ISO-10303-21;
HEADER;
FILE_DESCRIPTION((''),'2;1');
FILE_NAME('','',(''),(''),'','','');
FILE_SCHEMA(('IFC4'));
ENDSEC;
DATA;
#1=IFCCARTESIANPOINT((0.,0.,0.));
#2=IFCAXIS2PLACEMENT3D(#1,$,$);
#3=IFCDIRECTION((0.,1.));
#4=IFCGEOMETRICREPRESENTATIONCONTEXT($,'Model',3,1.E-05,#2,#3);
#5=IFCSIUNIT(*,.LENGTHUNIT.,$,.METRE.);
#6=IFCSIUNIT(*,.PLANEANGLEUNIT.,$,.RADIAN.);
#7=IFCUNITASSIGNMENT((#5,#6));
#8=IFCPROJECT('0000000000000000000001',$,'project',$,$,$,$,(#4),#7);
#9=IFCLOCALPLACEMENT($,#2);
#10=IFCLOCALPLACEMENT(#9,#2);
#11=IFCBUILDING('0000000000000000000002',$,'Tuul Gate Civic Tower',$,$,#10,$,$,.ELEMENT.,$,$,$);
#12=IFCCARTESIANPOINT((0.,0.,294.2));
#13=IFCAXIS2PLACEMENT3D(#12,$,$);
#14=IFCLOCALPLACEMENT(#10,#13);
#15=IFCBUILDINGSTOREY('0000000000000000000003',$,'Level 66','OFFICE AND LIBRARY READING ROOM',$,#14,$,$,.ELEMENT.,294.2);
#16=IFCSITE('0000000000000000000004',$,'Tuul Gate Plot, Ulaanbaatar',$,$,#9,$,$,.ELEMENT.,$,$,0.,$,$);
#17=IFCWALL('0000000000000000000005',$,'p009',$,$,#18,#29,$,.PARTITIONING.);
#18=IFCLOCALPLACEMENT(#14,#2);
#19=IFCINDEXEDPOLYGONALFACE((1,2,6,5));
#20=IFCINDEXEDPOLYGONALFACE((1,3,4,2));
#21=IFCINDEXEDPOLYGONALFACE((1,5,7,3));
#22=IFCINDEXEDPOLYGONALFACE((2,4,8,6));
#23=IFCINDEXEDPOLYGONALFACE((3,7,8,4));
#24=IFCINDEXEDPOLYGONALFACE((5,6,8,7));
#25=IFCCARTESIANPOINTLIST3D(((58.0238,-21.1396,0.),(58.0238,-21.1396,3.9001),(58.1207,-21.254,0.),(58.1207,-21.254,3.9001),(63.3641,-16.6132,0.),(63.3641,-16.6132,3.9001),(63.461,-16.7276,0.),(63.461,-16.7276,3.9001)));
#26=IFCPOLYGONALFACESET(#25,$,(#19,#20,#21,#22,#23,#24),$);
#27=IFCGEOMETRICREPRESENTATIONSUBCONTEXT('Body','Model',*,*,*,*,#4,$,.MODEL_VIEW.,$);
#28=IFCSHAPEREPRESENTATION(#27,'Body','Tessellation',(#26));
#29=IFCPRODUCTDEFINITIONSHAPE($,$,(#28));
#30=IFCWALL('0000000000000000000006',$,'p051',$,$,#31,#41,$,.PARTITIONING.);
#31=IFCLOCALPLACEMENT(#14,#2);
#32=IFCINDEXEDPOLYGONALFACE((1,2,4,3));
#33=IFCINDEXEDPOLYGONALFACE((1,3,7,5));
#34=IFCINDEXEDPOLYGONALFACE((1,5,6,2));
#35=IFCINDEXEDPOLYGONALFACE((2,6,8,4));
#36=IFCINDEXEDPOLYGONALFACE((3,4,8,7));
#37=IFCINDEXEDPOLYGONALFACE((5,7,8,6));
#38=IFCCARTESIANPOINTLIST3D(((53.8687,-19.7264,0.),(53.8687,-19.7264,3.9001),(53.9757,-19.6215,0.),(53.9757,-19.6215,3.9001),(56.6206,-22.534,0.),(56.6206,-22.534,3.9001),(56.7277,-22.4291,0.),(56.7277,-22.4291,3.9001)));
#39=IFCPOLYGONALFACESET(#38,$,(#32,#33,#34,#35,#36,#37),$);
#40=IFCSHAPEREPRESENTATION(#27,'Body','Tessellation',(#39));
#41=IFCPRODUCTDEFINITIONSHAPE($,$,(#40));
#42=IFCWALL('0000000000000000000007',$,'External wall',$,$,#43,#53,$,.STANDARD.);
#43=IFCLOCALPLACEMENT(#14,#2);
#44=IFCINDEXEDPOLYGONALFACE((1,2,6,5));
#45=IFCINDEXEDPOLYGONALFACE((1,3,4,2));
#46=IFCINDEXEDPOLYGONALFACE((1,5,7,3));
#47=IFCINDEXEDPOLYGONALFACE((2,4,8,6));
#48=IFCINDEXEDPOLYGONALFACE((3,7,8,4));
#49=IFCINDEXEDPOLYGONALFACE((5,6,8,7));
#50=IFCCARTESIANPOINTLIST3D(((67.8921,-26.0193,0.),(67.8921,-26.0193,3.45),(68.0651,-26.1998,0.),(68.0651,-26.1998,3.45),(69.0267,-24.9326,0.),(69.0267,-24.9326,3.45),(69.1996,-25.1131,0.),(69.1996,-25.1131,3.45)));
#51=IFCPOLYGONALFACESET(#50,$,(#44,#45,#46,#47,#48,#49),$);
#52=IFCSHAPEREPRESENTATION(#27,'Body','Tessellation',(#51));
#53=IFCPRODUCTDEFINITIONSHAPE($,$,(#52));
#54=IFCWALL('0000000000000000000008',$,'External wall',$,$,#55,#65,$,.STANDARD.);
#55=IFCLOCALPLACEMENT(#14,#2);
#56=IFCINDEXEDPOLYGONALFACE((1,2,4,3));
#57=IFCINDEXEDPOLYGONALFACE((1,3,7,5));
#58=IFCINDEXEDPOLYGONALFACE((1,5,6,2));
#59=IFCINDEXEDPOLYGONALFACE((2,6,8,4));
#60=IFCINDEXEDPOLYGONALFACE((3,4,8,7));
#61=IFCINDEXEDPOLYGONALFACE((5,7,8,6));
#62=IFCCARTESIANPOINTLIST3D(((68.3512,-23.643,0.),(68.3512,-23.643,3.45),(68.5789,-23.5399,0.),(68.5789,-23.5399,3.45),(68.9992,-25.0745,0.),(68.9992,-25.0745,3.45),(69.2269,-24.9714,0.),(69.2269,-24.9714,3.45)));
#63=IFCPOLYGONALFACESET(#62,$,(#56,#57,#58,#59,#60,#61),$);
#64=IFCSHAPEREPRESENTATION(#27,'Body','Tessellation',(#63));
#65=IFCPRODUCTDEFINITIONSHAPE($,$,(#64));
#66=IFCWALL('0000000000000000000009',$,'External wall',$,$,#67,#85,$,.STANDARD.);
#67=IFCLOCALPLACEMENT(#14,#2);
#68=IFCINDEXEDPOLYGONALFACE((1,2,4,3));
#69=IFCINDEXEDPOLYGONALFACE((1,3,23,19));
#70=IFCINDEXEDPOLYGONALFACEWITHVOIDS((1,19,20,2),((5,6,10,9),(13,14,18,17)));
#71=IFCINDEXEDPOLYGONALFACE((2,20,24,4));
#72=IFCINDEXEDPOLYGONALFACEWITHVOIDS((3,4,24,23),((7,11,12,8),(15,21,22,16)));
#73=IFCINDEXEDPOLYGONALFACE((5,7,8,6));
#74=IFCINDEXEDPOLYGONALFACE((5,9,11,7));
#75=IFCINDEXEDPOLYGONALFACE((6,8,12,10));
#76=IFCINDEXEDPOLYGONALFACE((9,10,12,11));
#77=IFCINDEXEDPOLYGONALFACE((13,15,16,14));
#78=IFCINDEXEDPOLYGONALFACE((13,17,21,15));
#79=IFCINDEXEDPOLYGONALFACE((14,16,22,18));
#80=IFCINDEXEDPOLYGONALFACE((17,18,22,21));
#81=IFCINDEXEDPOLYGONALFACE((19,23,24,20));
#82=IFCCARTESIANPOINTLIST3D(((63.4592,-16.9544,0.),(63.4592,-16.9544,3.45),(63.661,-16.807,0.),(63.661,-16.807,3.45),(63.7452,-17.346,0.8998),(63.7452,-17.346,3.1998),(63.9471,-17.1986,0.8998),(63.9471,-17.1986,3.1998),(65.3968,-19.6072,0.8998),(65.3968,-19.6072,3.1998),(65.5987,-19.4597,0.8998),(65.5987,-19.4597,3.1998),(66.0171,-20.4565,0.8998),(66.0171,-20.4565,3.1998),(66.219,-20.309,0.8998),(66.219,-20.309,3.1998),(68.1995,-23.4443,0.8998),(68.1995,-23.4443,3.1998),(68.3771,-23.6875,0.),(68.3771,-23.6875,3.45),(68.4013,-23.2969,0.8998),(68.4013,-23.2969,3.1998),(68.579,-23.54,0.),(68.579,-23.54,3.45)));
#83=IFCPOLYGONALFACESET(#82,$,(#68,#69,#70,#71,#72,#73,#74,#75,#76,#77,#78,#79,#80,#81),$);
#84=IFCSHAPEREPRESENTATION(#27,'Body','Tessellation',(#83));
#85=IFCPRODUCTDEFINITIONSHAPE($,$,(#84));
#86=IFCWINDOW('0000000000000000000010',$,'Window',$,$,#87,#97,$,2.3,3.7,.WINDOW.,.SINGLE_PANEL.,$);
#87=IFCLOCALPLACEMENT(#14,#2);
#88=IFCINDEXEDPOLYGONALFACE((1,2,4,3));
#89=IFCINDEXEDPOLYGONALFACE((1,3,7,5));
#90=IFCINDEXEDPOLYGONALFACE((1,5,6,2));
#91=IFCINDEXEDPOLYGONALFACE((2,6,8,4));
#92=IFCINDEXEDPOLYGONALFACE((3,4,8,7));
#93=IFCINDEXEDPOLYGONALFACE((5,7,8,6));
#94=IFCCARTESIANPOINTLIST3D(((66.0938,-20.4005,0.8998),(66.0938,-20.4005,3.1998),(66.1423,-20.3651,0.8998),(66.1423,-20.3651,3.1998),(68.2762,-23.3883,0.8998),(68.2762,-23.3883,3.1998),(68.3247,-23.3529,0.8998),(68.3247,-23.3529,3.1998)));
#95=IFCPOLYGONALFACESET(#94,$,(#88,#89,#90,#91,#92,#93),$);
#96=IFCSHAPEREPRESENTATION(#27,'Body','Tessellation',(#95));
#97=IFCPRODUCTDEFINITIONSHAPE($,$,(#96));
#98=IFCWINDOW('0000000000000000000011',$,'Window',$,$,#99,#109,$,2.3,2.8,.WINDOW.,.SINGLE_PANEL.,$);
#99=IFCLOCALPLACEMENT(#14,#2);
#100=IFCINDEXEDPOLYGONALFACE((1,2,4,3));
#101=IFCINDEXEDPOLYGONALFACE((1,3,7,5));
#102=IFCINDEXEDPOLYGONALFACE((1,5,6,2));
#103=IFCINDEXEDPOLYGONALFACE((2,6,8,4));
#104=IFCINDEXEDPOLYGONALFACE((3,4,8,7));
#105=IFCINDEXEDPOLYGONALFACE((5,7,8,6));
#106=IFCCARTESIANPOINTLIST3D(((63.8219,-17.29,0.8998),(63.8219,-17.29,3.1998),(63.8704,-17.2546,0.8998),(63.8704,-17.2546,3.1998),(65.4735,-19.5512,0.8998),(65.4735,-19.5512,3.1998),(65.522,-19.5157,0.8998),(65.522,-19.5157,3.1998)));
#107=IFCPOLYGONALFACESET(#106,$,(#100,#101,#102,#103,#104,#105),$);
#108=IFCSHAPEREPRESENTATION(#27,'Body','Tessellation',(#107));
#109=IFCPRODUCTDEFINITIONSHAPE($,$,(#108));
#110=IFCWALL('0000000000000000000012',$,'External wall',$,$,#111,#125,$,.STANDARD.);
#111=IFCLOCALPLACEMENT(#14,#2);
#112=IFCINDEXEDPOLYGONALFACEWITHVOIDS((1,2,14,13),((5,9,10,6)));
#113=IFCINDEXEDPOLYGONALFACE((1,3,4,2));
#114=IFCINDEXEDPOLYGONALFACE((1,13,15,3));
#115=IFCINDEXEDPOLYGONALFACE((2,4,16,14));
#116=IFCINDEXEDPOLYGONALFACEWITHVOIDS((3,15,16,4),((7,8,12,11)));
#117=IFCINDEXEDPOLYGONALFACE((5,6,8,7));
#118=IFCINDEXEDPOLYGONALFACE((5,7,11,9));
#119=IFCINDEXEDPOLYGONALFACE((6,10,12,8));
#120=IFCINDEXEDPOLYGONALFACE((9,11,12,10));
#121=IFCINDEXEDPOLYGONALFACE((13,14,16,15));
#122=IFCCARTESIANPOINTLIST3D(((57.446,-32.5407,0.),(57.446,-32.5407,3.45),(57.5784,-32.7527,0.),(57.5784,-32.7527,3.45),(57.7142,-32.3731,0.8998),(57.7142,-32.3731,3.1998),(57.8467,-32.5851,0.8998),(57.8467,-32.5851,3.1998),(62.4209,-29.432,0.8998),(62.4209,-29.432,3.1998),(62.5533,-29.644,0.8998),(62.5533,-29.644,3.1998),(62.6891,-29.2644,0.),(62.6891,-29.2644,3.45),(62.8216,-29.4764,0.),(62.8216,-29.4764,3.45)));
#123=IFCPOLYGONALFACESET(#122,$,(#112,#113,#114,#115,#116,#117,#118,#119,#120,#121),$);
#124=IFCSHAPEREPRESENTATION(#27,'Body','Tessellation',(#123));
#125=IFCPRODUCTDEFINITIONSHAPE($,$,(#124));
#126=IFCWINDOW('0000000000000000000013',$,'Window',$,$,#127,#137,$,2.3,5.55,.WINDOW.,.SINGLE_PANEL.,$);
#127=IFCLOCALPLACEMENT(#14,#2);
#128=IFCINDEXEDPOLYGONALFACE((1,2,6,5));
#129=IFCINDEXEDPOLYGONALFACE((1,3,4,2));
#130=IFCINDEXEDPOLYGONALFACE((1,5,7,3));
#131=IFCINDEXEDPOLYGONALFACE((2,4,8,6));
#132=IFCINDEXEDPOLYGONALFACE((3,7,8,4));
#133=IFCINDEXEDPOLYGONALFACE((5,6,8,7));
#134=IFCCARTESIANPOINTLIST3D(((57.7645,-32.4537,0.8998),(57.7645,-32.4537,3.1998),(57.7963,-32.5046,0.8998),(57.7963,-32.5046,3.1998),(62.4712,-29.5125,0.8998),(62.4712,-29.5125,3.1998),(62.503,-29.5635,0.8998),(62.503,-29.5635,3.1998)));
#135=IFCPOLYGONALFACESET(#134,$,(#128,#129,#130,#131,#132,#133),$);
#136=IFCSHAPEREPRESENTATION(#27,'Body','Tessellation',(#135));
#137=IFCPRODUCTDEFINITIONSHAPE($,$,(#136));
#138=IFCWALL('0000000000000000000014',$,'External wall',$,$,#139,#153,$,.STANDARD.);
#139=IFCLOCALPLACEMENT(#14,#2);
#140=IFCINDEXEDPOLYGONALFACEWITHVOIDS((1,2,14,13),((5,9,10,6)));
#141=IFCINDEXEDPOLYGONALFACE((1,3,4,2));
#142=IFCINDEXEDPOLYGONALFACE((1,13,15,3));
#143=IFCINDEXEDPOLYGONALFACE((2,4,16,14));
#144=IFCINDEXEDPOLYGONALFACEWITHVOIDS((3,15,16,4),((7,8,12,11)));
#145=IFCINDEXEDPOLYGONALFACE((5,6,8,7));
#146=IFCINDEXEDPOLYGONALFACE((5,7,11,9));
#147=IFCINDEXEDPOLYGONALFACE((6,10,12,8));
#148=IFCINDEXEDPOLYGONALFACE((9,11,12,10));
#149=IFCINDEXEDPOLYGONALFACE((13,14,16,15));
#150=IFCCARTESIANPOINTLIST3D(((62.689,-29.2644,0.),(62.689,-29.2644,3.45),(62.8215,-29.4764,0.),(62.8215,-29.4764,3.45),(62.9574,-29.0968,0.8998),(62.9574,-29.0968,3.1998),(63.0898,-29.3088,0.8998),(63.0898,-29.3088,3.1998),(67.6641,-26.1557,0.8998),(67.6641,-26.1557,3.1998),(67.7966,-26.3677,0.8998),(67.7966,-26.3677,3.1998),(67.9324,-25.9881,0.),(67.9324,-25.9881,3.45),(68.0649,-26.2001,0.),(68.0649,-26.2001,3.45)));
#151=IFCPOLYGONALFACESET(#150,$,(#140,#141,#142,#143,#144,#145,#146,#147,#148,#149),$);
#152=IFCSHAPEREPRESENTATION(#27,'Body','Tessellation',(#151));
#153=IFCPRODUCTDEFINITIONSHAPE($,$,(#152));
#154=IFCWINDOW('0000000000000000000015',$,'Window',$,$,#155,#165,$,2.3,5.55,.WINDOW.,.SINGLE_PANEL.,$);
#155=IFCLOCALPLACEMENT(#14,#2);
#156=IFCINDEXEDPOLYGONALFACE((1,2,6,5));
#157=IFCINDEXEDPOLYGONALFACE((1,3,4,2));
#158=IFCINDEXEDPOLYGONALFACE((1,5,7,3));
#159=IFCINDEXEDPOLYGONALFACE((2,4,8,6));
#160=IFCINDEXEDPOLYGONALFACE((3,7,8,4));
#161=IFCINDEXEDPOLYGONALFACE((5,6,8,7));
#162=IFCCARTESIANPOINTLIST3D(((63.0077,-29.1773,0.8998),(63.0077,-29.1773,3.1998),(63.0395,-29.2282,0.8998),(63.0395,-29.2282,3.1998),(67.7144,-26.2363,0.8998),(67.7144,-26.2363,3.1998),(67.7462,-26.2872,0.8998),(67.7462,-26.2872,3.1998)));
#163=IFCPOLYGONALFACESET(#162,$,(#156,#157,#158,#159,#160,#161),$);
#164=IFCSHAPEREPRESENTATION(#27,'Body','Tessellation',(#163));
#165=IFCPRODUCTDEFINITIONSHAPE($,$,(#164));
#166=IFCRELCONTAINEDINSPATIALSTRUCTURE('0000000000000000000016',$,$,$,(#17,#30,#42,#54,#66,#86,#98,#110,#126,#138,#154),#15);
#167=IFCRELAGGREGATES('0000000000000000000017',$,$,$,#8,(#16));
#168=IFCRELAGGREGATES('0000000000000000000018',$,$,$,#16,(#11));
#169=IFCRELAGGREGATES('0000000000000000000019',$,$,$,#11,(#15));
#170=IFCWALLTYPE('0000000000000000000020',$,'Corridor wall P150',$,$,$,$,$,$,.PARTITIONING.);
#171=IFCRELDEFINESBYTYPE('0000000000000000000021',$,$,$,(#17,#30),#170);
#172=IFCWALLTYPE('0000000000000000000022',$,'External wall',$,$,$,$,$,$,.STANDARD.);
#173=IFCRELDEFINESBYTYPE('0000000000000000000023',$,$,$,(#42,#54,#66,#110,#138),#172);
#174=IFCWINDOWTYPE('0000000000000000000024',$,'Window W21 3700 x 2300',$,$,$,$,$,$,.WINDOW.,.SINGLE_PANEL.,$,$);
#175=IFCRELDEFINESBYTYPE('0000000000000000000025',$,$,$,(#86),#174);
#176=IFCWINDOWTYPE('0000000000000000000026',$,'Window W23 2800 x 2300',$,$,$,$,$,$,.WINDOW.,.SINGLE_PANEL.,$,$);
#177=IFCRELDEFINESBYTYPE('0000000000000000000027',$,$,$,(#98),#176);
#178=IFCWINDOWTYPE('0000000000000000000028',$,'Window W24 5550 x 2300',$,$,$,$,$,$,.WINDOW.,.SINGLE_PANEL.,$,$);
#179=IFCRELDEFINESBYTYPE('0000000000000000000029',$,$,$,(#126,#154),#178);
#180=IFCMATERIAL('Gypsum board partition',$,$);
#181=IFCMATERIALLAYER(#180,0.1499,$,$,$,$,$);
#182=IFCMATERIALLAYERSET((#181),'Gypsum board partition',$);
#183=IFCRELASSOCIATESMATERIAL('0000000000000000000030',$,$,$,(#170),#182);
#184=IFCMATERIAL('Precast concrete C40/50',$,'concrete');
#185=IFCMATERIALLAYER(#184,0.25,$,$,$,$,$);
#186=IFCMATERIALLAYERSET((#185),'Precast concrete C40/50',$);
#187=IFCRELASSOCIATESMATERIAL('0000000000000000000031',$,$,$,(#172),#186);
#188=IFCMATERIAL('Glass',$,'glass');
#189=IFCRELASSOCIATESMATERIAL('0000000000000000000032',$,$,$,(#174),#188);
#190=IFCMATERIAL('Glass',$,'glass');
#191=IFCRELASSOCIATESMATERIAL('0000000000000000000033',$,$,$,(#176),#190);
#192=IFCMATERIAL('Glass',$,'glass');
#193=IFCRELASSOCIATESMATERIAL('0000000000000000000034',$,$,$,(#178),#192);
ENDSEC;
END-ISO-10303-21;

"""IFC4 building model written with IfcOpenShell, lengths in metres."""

from ifc_helpers import new_model, si_unit, direction, frame, frame_2d, origin, place, context, subcontext, project, spatial, rectangle, extrude, material, layer, layer_set, type_object, element, fill, save


model = new_model("IFC4")

# Units and contexts
model_context = context("Model", 3, precision=1e-05, world=origin(), true_north=direction((0.0, 1.0)))
body_context = subcontext(model_context, "Body", "Model", "MODEL_VIEW")
ifc_project = project(units=[si_unit("LENGTHUNIT", "METRE"), si_unit("PLANEANGLEUNIT", "RADIAN")], contexts=[model_context])

# Site, building, storey
site_placement = place(None, origin())
site = spatial("IfcSite", under=ifc_project, at=site_placement, Name="Tuul Gate Plot, Ulaanbaatar", CompositionType="ELEMENT", RefElevation=0.0)
building_placement = place(site_placement, origin())
building = spatial("IfcBuilding", under=site, at=building_placement, Name="Tuul Gate Civic Tower", CompositionType="ELEMENT")
storey_placement = place(building_placement, frame((0.0, 0.0, 294.2)))
storey = spatial("IfcBuildingStorey", under=building, at=storey_placement, Name="Level 66", Description="OFFICE AND LIBRARY READING ROOM", CompositionType="ELEMENT", Elevation=294.2)

# Walls
ifc_material_1 = material(Name="Gypsum board partition")
ifc_layer_1 = layer(ifc_material_1, 0.1499)
ifc_layer_set_1 = layer_set([ifc_layer_1], Name="Gypsum board partition")
wall_type_1 = type_object("IfcWallType", Name="Corridor wall P150", PredefinedType="PARTITIONING", material=ifc_layer_set_1)
wall_1_placement = place(storey_placement, frame((58.0723, -21.1968, 0.0), z_axis=(0.0, 0.0, 1.0), x_axis=(0.762849, 0.646577, 0.0)))
element("IfcWall", 1, at=wall_1_placement, inside=storey, type_object=wall_type_1, Name="p009", PredefinedType="PARTITIONING", context=body_context, shape_type="SweptSolid", body=[
    extrude(rectangle(XDim=7.0005, YDim=0.1499, at=frame_2d((3.5002, 0.0))), origin(), (0.0, 0.0, 1.0), 3.9001),
])
wall_2_placement = place(storey_placement, frame((53.9221, -19.6738, 0.0), z_axis=(0.0, 0.0, 1.0), x_axis=(0.699992, -0.714151, 0.0)))
element("IfcWall", 2, at=wall_2_placement, inside=storey, type_object=wall_type_1, Name="p051", PredefinedType="PARTITIONING", context=body_context, shape_type="SweptSolid", body=[
    extrude(rectangle(XDim=3.9314, YDim=0.1499, at=frame_2d((1.9658, 0.0))), origin(), (0.0, 0.0, 1.0), 3.9001),
])
ifc_material_2 = material(Name="Precast concrete C40/50", Category="concrete")
ifc_layer_2 = layer(ifc_material_2, 0.25)
ifc_layer_set_2 = layer_set([ifc_layer_2], Name="Precast concrete C40/50")
wall_type_2 = type_object("IfcWallType", Name="External wall", PredefinedType="STANDARD", material=ifc_layer_set_2)
wall_3_placement = place(storey_placement, frame((67.9785, -26.1096, 0.0), z_axis=(0.0, 0.0, 1.0), x_axis=(0.722173, 0.691713, 0.0)))
element("IfcWall", 3, at=wall_3_placement, inside=storey, type_object=wall_type_2, Name="External wall", PredefinedType="STANDARD", context=body_context, shape_type="SweptSolid", body=[
    extrude(rectangle(XDim=1.571, YDim=0.25, at=frame_2d((0.7856, 0.0))), origin(), (0.0, 0.0, 1.0), 3.45),
])
wall_4_placement = place(storey_placement, frame((69.113, -25.0229, 0.0), z_axis=(0.0, 0.0, 1.0), x_axis=(-0.412386, 0.911009, 0.0)))
element("IfcWall", 4, at=wall_4_placement, inside=storey, type_object=wall_type_2, Name="External wall", PredefinedType="STANDARD", context=body_context, shape_type="SweptSolid", body=[
    extrude(rectangle(XDim=1.5713, YDim=0.25, at=frame_2d((0.7856, 0.0))), origin(), (0.0, 0.0, 1.0), 3.45),
])

# Wall, openings, windows
wall_5_placement = place(storey_placement, frame((68.478, -23.6138, 0.0), z_axis=(0.0, 0.0, 1.0), x_axis=(-0.589828, 0.807529, 0.0)))
wall_5 = element("IfcWall", 5, at=wall_5_placement, inside=storey, type_object=wall_type_2, Name="External wall", PredefinedType="STANDARD", context=body_context, shape_type="SweptSolid", body=[
    extrude(rectangle(XDim=8.3379, YDim=0.25, at=frame_2d((4.1689, 0.0))), origin(), (0.0, 0.0, 1.0), 3.45),
])
opening_1_placement = place(wall_5_placement, frame((0.301, 0.0, 0.8999)))
opening_1 = element("IfcOpeningElement", 6, at=opening_1_placement, cuts=wall_5, PredefinedType="OPENING", context=body_context, shape_type="SweptSolid", body=[
    extrude(rectangle(XDim=3.7, YDim=2.3, at=frame_2d((1.8501, 1.1499))), frame((0.0, 0.135, 0.0), z_axis=(0.0, -1.0, 0.0), x_axis=(1.0, 0.0, 0.0)), (0.0, 0.0, 1.0), 0.27),
])
opening_2_placement = place(wall_5_placement, frame((5.053, 0.0, 0.8999)))
opening_2 = element("IfcOpeningElement", 7, at=opening_2_placement, cuts=wall_5, PredefinedType="OPENING", context=body_context, shape_type="SweptSolid", body=[
    extrude(rectangle(XDim=2.8, YDim=2.3, at=frame_2d((1.3999, 1.1499))), frame((0.0, 0.135, 0.0), z_axis=(0.0, -1.0, 0.0), x_axis=(1.0, 0.0, 0.0)), (0.0, 0.0, 1.0), 0.27),
])
ifc_material_3 = material(Name="Glass", Category="glass")
window_type_1 = type_object("IfcWindowType", Name="Window W21 3700 x 2300", PartitioningType="SINGLE_PANEL", PredefinedType="WINDOW", material=ifc_material_3)
window_1_placement = place(opening_1_placement, origin())
window_1 = element("IfcWindow", 8, at=window_1_placement, inside=storey, type_object=window_type_1, Name="Window", OverallHeight=2.3, OverallWidth=3.7, PartitioningType="SINGLE_PANEL", PredefinedType="WINDOW", context=body_context, shape_type="SweptSolid", body=[
    extrude(rectangle(XDim=3.7, YDim=2.3, at=frame_2d((1.8501, 1.1499))), frame((0.0, 0.03, 0.0), z_axis=(0.0, -1.0, 0.0), x_axis=(1.0, 0.0, 0.0)), (0.0, 0.0, 1.0), 0.0601),
])
fill(opening_1, window_1)
ifc_material_4 = material(Name="Glass", Category="glass")
window_type_2 = type_object("IfcWindowType", Name="Window W23 2800 x 2300", PartitioningType="SINGLE_PANEL", PredefinedType="WINDOW", material=ifc_material_4)
window_2_placement = place(opening_2_placement, origin())
window_2 = element("IfcWindow", 9, at=window_2_placement, inside=storey, type_object=window_type_2, Name="Window", OverallHeight=2.3, OverallWidth=2.8, PartitioningType="SINGLE_PANEL", PredefinedType="WINDOW", context=body_context, shape_type="SweptSolid", body=[
    extrude(rectangle(XDim=2.8, YDim=2.3, at=frame_2d((1.3999, 1.1499))), frame((0.0, 0.03, 0.0), z_axis=(0.0, -1.0, 0.0), x_axis=(1.0, 0.0, 0.0)), (0.0, 0.0, 1.0), 0.0601),
])
fill(opening_2, window_2)

# Walls, openings, windows
wall_6_placement = place(storey_placement, frame((57.5122, -32.6467, 0.0), z_axis=(0.0, 0.0, 1.0), x_axis=(0.848043, 0.529928, 0.0)))
wall_6 = element("IfcWall", 10, at=wall_6_placement, inside=storey, type_object=wall_type_2, Name="External wall", PredefinedType="STANDARD", context=body_context, shape_type="SweptSolid", body=[
    extrude(rectangle(XDim=6.1826, YDim=0.25, at=frame_2d((3.0913, 0.0))), origin(), (0.0, 0.0, 1.0), 3.45),
])
opening_3_placement = place(wall_6_placement, frame((0.3164, 0.0, 0.8999)))
opening_3 = element("IfcOpeningElement", 11, at=opening_3_placement, cuts=wall_6, PredefinedType="OPENING", context=body_context, shape_type="SweptSolid", body=[
    extrude(rectangle(XDim=5.55, YDim=2.3, at=frame_2d((2.7749, 1.1499))), frame((0.0, 0.135, 0.0), z_axis=(0.0, -1.0, 0.0), x_axis=(1.0, 0.0, 0.0)), (0.0, 0.0, 1.0), 0.27),
])
ifc_material_5 = material(Name="Glass", Category="glass")
window_type_3 = type_object("IfcWindowType", Name="Window W24 5550 x 2300", PartitioningType="SINGLE_PANEL", PredefinedType="WINDOW", material=ifc_material_5)
window_3_placement = place(opening_3_placement, origin())
window_3 = element("IfcWindow", 12, at=window_3_placement, inside=storey, type_object=window_type_3, Name="Window", OverallHeight=2.3, OverallWidth=5.55, PartitioningType="SINGLE_PANEL", PredefinedType="WINDOW", context=body_context, shape_type="SweptSolid", body=[
    extrude(rectangle(XDim=5.55, YDim=2.3, at=frame_2d((2.7749, 1.1499))), frame((0.0, 0.03, 0.0), z_axis=(0.0, -1.0, 0.0), x_axis=(1.0, 0.0, 0.0)), (0.0, 0.0, 1.0), 0.0601),
])
fill(opening_3, window_3)
wall_7_placement = place(storey_placement, frame((62.7554, -29.3704, 0.0), z_axis=(0.0, 0.0, 1.0), x_axis=(0.848054, 0.52991, 0.0)))
wall_7 = element("IfcWall", 13, at=wall_7_placement, inside=storey, type_object=wall_type_2, Name="External wall", PredefinedType="STANDARD", context=body_context, shape_type="SweptSolid", body=[
    extrude(rectangle(XDim=6.1829, YDim=0.25, at=frame_2d((3.0913, 0.0))), origin(), (0.0, 0.0, 1.0), 3.45),
])
opening_4_placement = place(wall_7_placement, frame((0.3164, 0.0, 0.8999)))
opening_4 = element("IfcOpeningElement", 14, at=opening_4_placement, cuts=wall_7, PredefinedType="OPENING", context=body_context, shape_type="SweptSolid", body=[
    extrude(rectangle(XDim=5.55, YDim=2.3, at=frame_2d((2.7749, 1.1499))), frame((0.0, 0.135, 0.0), z_axis=(0.0, -1.0, 0.0), x_axis=(1.0, 0.0, 0.0)), (0.0, 0.0, 1.0), 0.27),
])
window_4_placement = place(opening_4_placement, origin())
window_4 = element("IfcWindow", 15, at=window_4_placement, inside=storey, type_object=window_type_3, Name="Window", OverallHeight=2.3, OverallWidth=5.55, PartitioningType="SINGLE_PANEL", PredefinedType="WINDOW", context=body_context, shape_type="SweptSolid", body=[
    extrude(rectangle(XDim=5.55, YDim=2.3, at=frame_2d((2.7749, 1.1499))), frame((0.0, 0.03, 0.0), z_axis=(0.0, -1.0, 0.0), x_axis=(1.0, 0.0, 0.0)), (0.0, 0.0, 1.0), 0.0601),
])
fill(opening_4, window_4)

save(model, "model.ifc")
